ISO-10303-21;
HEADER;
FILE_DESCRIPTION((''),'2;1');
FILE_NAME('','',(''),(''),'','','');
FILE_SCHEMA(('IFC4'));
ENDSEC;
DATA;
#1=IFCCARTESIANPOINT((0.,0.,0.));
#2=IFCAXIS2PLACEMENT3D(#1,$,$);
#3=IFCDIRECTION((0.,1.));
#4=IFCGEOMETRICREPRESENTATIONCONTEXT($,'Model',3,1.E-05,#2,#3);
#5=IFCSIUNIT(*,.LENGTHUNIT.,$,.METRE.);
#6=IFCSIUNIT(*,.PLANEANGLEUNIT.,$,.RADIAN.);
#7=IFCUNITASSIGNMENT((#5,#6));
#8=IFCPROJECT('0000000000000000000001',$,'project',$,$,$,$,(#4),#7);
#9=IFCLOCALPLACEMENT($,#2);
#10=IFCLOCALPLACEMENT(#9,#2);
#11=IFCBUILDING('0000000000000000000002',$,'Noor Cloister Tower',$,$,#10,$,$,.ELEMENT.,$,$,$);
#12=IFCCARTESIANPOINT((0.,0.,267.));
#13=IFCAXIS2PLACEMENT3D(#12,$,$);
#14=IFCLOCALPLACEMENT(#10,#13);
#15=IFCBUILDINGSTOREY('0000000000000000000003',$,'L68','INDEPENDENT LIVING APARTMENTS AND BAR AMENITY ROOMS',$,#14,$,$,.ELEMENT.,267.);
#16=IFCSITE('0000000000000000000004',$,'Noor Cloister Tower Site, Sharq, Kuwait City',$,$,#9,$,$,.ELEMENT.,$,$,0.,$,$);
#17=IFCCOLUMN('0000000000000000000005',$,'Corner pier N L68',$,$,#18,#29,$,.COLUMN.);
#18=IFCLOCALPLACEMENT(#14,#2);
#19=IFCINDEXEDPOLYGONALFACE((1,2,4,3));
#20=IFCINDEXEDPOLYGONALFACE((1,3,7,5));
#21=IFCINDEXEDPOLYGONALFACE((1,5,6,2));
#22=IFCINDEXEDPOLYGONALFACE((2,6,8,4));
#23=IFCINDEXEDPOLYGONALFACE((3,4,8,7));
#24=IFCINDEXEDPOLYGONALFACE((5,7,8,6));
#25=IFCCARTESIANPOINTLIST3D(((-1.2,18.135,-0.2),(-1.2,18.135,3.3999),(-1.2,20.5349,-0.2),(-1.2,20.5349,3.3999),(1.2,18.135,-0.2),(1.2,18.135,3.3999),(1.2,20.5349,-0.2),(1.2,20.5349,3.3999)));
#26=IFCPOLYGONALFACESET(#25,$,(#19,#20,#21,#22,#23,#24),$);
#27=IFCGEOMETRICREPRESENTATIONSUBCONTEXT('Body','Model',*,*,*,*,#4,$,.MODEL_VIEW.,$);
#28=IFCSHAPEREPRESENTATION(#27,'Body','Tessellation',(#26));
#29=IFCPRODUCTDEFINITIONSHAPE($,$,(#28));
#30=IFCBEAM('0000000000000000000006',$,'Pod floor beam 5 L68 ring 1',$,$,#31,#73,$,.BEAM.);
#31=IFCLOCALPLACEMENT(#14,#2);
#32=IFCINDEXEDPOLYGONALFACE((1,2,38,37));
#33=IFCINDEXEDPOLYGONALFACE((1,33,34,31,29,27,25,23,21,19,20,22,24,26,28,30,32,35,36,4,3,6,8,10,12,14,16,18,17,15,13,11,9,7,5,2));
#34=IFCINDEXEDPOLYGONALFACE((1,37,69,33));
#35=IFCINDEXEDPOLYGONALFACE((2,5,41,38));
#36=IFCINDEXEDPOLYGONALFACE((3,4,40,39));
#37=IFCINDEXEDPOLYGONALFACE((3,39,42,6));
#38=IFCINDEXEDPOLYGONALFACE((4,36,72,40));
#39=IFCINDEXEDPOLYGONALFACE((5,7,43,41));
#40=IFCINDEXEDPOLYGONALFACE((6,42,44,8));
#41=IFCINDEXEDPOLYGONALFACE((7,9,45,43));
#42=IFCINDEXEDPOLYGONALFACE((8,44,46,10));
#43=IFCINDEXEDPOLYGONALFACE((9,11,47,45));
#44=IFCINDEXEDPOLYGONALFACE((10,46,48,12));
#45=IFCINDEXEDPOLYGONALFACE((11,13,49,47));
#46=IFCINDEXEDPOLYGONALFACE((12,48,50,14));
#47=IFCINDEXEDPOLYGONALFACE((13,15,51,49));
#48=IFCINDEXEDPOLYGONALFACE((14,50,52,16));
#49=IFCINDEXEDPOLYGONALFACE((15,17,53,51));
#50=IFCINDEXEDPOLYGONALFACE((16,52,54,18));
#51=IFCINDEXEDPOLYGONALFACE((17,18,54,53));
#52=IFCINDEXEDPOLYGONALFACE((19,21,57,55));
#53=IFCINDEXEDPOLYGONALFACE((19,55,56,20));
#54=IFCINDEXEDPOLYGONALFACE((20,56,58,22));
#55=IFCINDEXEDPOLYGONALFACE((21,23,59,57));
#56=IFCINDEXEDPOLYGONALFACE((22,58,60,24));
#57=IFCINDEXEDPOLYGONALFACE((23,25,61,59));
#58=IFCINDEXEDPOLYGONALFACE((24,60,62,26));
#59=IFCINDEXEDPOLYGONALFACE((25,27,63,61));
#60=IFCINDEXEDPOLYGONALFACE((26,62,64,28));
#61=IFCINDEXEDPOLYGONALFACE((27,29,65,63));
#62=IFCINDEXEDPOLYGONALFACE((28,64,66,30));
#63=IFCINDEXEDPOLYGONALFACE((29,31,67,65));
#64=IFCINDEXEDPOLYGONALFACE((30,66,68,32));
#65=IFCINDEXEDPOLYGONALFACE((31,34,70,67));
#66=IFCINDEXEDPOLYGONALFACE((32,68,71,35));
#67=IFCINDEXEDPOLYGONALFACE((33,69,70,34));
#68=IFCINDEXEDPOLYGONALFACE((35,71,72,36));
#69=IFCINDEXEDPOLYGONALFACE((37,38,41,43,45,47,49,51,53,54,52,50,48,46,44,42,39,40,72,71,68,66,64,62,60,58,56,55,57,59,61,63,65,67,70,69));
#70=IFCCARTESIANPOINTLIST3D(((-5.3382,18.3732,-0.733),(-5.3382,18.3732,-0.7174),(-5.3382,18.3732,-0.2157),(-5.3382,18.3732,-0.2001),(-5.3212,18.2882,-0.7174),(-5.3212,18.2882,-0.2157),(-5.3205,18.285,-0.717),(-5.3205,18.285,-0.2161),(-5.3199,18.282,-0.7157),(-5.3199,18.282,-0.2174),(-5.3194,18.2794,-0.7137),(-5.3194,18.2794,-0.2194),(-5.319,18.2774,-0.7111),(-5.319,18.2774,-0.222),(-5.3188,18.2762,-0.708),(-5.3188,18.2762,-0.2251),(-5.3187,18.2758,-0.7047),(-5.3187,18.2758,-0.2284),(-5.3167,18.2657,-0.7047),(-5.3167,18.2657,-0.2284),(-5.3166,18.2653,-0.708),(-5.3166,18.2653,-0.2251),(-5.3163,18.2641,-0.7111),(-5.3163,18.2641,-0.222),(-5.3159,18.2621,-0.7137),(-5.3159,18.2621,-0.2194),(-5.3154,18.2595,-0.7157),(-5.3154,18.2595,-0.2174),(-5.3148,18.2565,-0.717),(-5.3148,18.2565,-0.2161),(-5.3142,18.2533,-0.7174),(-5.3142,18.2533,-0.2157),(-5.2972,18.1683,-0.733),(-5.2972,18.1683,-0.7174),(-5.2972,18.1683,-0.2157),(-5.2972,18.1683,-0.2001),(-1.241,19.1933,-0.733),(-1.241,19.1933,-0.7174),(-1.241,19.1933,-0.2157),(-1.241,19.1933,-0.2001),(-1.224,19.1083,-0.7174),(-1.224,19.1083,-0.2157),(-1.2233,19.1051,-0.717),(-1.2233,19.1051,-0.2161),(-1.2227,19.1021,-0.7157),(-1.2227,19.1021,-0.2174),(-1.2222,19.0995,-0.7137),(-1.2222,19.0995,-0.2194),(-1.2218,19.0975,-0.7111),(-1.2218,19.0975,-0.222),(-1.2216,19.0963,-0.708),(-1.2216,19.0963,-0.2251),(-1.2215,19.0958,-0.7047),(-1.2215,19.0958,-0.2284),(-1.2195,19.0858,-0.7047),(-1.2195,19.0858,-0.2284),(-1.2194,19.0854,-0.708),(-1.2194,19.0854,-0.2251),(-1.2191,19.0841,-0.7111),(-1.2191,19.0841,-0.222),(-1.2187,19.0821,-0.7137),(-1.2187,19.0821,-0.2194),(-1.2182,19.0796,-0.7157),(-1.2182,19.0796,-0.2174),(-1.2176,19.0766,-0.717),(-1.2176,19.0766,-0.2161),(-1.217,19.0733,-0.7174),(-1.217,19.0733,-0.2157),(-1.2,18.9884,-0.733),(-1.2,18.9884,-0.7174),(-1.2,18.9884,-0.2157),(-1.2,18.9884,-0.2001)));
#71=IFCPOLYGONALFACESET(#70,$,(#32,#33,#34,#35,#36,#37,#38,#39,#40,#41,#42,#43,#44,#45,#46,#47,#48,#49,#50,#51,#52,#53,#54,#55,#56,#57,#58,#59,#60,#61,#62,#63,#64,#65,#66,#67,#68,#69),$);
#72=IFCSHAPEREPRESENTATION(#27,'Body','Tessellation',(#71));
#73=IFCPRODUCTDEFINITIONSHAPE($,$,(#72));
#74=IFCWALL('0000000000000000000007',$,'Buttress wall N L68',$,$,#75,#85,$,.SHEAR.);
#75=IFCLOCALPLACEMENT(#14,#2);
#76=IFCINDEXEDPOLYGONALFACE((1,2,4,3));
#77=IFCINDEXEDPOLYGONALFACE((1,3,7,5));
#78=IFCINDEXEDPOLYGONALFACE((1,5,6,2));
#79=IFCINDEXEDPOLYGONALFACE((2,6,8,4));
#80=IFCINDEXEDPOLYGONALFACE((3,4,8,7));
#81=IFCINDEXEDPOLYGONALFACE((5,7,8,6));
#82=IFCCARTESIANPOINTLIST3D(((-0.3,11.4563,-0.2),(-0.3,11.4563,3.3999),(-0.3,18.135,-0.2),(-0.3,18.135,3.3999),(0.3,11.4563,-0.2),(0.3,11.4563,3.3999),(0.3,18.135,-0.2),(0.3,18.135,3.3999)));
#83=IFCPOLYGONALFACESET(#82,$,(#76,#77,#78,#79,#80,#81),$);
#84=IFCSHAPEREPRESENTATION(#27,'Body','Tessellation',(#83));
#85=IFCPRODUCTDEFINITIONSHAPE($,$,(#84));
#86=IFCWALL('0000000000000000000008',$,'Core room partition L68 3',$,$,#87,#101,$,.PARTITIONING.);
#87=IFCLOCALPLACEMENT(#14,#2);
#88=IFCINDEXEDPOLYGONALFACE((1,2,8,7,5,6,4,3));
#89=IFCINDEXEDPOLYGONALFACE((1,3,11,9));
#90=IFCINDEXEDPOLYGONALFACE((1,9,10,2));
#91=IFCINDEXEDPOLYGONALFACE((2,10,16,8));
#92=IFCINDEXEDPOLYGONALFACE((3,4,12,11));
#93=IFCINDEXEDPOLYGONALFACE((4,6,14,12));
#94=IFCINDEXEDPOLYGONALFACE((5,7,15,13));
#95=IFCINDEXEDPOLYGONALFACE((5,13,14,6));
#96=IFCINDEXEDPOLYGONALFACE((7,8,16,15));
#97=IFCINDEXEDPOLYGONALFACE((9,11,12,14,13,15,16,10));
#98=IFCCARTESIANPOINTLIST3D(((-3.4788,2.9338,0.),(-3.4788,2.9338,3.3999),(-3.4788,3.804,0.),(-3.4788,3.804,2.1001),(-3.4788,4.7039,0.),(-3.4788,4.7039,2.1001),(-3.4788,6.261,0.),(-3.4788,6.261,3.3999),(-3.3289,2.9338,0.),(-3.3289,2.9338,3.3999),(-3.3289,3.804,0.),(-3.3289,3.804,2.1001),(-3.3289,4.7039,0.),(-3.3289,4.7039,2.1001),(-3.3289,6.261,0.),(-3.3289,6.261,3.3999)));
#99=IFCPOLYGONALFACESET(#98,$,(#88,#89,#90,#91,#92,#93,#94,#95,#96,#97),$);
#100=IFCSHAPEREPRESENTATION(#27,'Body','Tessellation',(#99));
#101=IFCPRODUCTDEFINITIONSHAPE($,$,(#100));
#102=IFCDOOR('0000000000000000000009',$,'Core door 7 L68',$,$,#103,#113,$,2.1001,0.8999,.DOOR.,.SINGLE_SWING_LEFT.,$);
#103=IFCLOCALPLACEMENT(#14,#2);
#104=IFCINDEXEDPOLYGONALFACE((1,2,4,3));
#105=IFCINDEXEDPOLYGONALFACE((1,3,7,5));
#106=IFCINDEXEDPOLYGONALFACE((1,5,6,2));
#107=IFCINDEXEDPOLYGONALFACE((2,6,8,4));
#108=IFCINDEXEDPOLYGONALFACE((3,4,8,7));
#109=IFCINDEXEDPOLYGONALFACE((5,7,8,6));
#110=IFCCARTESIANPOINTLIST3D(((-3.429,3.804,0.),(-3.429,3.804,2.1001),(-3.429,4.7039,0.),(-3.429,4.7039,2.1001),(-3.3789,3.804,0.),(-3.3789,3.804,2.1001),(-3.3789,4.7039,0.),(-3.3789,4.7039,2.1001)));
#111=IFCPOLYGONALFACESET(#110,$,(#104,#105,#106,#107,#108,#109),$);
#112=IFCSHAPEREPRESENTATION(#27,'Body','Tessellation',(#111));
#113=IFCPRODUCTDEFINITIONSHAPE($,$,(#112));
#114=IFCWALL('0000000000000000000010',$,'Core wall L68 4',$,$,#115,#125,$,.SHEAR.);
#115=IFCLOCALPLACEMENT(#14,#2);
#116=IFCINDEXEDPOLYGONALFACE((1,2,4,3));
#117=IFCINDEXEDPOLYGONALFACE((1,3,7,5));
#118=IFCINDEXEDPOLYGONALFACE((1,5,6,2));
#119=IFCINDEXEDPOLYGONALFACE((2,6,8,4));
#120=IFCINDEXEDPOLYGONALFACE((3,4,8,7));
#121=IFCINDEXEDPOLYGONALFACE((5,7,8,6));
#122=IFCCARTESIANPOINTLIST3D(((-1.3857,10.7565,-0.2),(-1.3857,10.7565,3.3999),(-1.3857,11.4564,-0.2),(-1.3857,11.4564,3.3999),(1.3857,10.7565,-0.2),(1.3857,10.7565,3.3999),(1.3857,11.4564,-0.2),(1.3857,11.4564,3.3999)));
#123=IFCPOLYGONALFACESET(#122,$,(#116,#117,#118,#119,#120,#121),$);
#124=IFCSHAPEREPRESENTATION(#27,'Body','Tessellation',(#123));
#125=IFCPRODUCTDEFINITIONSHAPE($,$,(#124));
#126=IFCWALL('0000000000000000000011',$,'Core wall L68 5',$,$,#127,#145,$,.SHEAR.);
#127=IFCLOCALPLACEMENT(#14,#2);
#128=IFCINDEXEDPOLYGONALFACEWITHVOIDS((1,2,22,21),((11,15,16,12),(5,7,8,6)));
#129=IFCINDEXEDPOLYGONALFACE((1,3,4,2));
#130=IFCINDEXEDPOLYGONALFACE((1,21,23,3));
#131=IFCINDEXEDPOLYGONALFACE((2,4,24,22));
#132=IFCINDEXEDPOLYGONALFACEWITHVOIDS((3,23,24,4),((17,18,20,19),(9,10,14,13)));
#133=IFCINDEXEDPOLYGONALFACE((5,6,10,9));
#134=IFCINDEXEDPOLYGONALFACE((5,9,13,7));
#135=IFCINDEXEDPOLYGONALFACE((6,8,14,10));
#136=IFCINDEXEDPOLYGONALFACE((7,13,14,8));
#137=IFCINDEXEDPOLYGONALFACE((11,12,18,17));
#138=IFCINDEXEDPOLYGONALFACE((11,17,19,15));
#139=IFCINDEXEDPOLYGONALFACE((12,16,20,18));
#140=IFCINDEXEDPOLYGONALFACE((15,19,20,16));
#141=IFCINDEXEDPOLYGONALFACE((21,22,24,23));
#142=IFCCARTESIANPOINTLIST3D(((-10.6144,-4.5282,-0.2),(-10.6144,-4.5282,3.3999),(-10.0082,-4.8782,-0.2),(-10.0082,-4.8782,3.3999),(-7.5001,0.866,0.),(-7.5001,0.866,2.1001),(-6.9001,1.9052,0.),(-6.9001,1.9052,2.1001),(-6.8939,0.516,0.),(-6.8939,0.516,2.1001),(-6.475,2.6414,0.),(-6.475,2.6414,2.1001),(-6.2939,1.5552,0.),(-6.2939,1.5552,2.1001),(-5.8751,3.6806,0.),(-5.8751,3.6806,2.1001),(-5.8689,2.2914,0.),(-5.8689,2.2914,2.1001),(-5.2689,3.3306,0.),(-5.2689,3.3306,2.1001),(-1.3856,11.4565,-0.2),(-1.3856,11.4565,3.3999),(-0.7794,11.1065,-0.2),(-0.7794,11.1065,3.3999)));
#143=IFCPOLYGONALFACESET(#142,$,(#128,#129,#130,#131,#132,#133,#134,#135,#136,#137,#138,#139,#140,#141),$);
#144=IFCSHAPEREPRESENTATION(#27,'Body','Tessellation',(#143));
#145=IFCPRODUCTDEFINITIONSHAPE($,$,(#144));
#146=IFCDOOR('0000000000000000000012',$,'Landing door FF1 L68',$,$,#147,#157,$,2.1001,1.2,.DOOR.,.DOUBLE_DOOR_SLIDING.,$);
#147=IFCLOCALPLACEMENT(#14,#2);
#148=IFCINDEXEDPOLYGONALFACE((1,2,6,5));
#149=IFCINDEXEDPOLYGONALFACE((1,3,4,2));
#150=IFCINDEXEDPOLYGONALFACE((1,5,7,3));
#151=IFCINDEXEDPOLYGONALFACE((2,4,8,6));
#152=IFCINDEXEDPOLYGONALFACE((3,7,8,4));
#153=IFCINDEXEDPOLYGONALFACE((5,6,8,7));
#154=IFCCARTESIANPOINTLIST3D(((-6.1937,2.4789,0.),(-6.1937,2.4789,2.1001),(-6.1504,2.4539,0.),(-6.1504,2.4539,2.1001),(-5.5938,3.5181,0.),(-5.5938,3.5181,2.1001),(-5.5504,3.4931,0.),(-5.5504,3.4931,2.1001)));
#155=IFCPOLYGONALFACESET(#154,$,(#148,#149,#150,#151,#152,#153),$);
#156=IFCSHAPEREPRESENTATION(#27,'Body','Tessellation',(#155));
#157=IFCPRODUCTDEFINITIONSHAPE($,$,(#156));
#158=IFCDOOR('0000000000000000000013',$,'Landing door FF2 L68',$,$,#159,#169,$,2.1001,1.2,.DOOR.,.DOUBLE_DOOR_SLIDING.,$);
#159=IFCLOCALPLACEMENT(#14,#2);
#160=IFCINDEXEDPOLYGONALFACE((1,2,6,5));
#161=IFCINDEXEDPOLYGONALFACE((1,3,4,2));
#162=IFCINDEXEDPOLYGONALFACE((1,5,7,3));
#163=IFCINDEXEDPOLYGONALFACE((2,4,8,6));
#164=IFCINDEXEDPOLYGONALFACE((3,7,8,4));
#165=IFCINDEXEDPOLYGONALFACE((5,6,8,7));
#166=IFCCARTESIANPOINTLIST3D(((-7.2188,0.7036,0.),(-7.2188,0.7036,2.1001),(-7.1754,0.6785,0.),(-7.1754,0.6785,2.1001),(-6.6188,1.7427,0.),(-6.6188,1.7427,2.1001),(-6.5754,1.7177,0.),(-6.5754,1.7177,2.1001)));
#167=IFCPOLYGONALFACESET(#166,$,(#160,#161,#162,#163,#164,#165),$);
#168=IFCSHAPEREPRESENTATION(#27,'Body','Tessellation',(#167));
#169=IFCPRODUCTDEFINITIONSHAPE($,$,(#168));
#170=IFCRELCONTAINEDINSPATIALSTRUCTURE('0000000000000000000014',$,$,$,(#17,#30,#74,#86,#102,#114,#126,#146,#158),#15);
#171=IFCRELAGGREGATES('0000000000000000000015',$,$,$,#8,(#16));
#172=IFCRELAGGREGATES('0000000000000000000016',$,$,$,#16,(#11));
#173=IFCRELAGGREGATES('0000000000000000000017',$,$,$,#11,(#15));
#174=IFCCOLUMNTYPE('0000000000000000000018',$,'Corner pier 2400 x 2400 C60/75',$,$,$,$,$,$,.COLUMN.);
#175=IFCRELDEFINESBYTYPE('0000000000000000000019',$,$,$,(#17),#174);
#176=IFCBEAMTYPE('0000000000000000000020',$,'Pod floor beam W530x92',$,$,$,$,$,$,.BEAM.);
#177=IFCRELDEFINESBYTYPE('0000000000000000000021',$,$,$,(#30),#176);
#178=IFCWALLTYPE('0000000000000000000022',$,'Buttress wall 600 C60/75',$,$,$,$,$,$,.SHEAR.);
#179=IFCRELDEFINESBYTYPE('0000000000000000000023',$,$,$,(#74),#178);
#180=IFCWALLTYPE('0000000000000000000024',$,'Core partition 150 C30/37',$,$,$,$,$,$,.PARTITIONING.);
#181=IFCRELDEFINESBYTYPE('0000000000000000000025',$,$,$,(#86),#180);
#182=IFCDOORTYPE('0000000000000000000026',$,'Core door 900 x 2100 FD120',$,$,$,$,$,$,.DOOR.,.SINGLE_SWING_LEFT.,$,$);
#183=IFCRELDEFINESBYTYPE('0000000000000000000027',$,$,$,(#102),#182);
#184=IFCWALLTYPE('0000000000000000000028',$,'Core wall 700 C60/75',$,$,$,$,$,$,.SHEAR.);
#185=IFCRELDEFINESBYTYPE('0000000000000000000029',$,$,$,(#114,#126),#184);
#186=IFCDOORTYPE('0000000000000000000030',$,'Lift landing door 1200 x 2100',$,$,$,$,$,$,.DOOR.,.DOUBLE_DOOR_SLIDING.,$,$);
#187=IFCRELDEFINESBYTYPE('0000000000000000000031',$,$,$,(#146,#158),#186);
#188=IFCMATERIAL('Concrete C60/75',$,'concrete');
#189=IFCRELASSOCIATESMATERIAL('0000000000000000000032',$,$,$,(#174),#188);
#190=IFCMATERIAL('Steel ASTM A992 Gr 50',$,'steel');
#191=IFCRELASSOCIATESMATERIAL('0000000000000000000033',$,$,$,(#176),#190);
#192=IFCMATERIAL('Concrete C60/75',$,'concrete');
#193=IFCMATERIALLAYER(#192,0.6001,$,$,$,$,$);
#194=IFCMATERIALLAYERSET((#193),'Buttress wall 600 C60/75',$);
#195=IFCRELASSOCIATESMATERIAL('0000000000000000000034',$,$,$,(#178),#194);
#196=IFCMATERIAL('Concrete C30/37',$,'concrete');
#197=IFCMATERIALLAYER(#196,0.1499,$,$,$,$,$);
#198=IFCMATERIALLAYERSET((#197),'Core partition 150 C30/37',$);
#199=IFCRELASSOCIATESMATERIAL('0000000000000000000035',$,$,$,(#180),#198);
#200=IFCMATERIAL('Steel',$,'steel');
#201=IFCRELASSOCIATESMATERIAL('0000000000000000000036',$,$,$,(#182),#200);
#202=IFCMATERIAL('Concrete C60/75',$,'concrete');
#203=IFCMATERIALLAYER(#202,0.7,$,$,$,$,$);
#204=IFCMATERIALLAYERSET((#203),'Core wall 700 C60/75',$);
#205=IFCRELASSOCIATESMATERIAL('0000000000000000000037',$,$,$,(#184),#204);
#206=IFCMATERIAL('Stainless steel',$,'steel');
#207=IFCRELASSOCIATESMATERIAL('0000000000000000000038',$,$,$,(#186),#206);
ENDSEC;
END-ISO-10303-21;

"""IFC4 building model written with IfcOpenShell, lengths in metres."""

from ifc_helpers import new_model, si_unit, direction, frame, frame_2d, origin, origin_2d, place, context, subcontext, project, spatial, rectangle, i_section, extrude, material, layer, layer_set, material_profile, profile_set, type_object, element, fill, save


model = new_model("IFC4")

# Units and contexts
model_context = context("Model", 3, precision=1e-05, world=origin(), true_north=direction((0.0, 1.0)))
body_context = subcontext(model_context, "Body", "Model", "MODEL_VIEW")
ifc_project = project(units=[si_unit("LENGTHUNIT", "METRE"), si_unit("PLANEANGLEUNIT", "RADIAN")], contexts=[model_context])

# Site, building, storey
site_placement = place(None, origin())
site = spatial("IfcSite", under=ifc_project, at=site_placement, Name="Noor Cloister Tower Site, Sharq, Kuwait City", CompositionType="ELEMENT", RefElevation=0.0)
building_placement = place(site_placement, origin())
building = spatial("IfcBuilding", under=site, at=building_placement, Name="Noor Cloister Tower", CompositionType="ELEMENT")
storey_placement = place(building_placement, frame((0.0, 0.0, 267.0)))
storey = spatial("IfcBuildingStorey", under=building, at=storey_placement, Name="L68", Description="INDEPENDENT LIVING APARTMENTS AND BAR AMENITY ROOMS", CompositionType="ELEMENT", Elevation=267.0)

# Column
ifc_material_1 = material(Name="Concrete C60/75", Category="concrete")
ifc_material_profile_1 = material_profile(ifc_material_1, rectangle(XDim=2.3999, YDim=2.3999, at=origin_2d()), Name="RC 2400x2400")
ifc_profile_set_1 = profile_set([ifc_material_profile_1], Name="Concrete C60/75")
column_type = type_object("IfcColumnType", Name="Corner pier 2400 x 2400 C60/75", PredefinedType="COLUMN", material=ifc_profile_set_1)
column_placement = place(storey_placement, frame((0.0, 19.335, -0.2), z_axis=(0.0, 0.0, 1.0), x_axis=(0.0, 1.0, 0.0)))
element("IfcColumn", 1, at=column_placement, inside=storey, type_object=column_type, Name="Corner pier N L68", PredefinedType="COLUMN", context=body_context, shape_type="SweptSolid", body=[
    extrude(rectangle(XDim=2.3999, YDim=2.3999, at=origin_2d()), origin(), (0.0, 0.0, 1.0), 3.5999),
])

# Beam
ifc_material_2 = material(Name="Steel ASTM A992 Gr 50", Category="steel")
ifc_material_profile_2 = material_profile(ifc_material_2, i_section(OverallWidth=0.209, OverallDepth=0.533, WebThickness=0.0103, FlangeThickness=0.0156, FilletRadius=0.0127, at=origin_2d()), Name="W530x92")
ifc_profile_set_2 = profile_set([ifc_material_profile_2], Name="Steel ASTM A992 Gr 50")
beam_type = type_object("IfcBeamType", Name="Pod floor beam W530x92", PredefinedType="BEAM", material=ifc_profile_set_2)
beam_placement = place(storey_placement, frame((-1.2205, 19.0908, -0.4666), z_axis=(-0.980551, -0.196262, 0.0), x_axis=(0.196262, -0.980551, 0.0)))
element("IfcBeam", 2, at=beam_placement, inside=storey, type_object=beam_type, Name="Pod floor beam 5 L68 ring 1", PredefinedType="BEAM", context=body_context, shape_type="SweptSolid", body=[
    extrude(i_section(OverallWidth=0.209, OverallDepth=0.533, WebThickness=0.0103, FlangeThickness=0.0156, FilletRadius=0.0127, at=origin_2d()), origin(), (0.0, 0.0, 1.0), 4.1785),
])

# Wall
ifc_material_3 = material(Name="Concrete C60/75", Category="concrete")
ifc_layer_1 = layer(ifc_material_3, 0.6001)
ifc_layer_set_1 = layer_set([ifc_layer_1], Name="Buttress wall 600 C60/75")
wall_type_1 = type_object("IfcWallType", Name="Buttress wall 600 C60/75", PredefinedType="SHEAR", material=ifc_layer_set_1)
wall_1_placement = place(storey_placement, frame((0.0, 11.4563, -0.2), z_axis=(0.0, 0.0, 1.0), x_axis=(0.0, 1.0, 0.0)))
element("IfcWall", 3, at=wall_1_placement, inside=storey, type_object=wall_type_1, Name="Buttress wall N L68", PredefinedType="SHEAR", context=body_context, shape_type="SweptSolid", body=[
    extrude(rectangle(XDim=6.6787, YDim=0.6001, at=frame_2d((3.3394, 0.0))), origin(), (0.0, 0.0, 1.0), 3.5999),
])

# Wall, opening, door
ifc_material_4 = material(Name="Concrete C30/37", Category="concrete")
ifc_layer_2 = layer(ifc_material_4, 0.1499)
ifc_layer_set_2 = layer_set([ifc_layer_2], Name="Core partition 150 C30/37")
wall_type_2 = type_object("IfcWallType", Name="Core partition 150 C30/37", PredefinedType="PARTITIONING", material=ifc_layer_set_2)
wall_2_placement = place(storey_placement, frame((-3.4038, 6.261, 0.0), z_axis=(0.0, 0.0, 1.0), x_axis=(0.0, -1.0, 0.0)))
wall_2 = element("IfcWall", 4, at=wall_2_placement, inside=storey, type_object=wall_type_2, Name="Core room partition L68 3", PredefinedType="PARTITIONING", context=body_context, shape_type="SweptSolid", body=[
    extrude(rectangle(XDim=3.3271, YDim=0.1499, at=frame_2d((1.6636, 0.0))), origin(), (0.0, 0.0, 1.0), 3.3999),
])
opening_1_placement = place(wall_2_placement, frame((1.5571, 0.0, 0.0)))
opening_1 = element("IfcOpeningElement", 5, at=opening_1_placement, cuts=wall_2, PredefinedType="OPENING", context=body_context, shape_type="SweptSolid", body=[
    extrude(rectangle(XDim=0.8999, YDim=2.1001, at=frame_2d((0.45, 1.05))), frame((0.0, 0.085, 0.0), z_axis=(0.0, -1.0, 0.0), x_axis=(1.0, 0.0, 0.0)), (0.0, 0.0, 1.0), 0.1699),
])
ifc_material_5 = material(Name="Steel", Category="steel")
door_type_1 = type_object("IfcDoorType", Name="Core door 900 x 2100 FD120", OperationType="SINGLE_SWING_LEFT", PredefinedType="DOOR", material=ifc_material_5)
door_1_placement = place(opening_1_placement, origin())
door_1 = element("IfcDoor", 6, at=door_1_placement, inside=storey, type_object=door_type_1, Name="Core door 7 L68", OperationType="SINGLE_SWING_LEFT", OverallHeight=2.1001, OverallWidth=0.8999, PredefinedType="DOOR", context=body_context, shape_type="SweptSolid", body=[
    extrude(rectangle(XDim=0.8999, YDim=2.1001, at=frame_2d((0.45, 1.05))), frame((0.0, 0.0249, 0.0), z_axis=(0.0, -1.0, 0.0), x_axis=(1.0, 0.0, 0.0)), (0.0, 0.0, 1.0), 0.05),
])
fill(opening_1, door_1)

# Wall
ifc_material_6 = material(Name="Concrete C60/75", Category="concrete")
ifc_layer_3 = layer(ifc_material_6, 0.7)
ifc_layer_set_3 = layer_set([ifc_layer_3], Name="Core wall 700 C60/75")
wall_type_3 = type_object("IfcWallType", Name="Core wall 700 C60/75", PredefinedType="SHEAR", material=ifc_layer_set_3)
wall_3_placement = place(storey_placement, frame((1.3857, 11.1064, -0.2), z_axis=(0.0, 0.0, 1.0), x_axis=(-1.0, 0.0, 0.0)))
element("IfcWall", 7, at=wall_3_placement, inside=storey, type_object=wall_type_3, Name="Core wall L68 4", PredefinedType="SHEAR", context=body_context, shape_type="SweptSolid", body=[
    extrude(rectangle(XDim=2.7715, YDim=0.7, at=frame_2d((1.3857, 0.0))), origin(), (0.0, 0.0, 1.0), 3.5999),
])

# Wall, openings, doors
wall_4_placement = place(storey_placement, frame((-1.0825, 11.2815, -0.2), z_axis=(0.0, 0.0, 1.0), x_axis=(-0.500001, -0.866025, 0.0)))
wall_4 = element("IfcWall", 8, at=wall_4_placement, inside=storey, type_object=wall_type_3, Name="Core wall L68 5", PredefinedType="SHEAR", context=body_context, shape_type="SweptSolid", body=[
    extrude(rectangle(XDim=18.4575, YDim=0.7, at=frame_2d((9.2288, 0.0))), origin(), (0.0, 0.0, 1.0), 3.5999),
])
opening_2_placement = place(wall_4_placement, frame((8.9788, 0.0, 0.2)))
opening_2 = element("IfcOpeningElement", 9, at=opening_2_placement, cuts=wall_4, PredefinedType="OPENING", context=body_context, shape_type="SweptSolid", body=[
    extrude(rectangle(XDim=1.2, YDim=2.1001, at=frame_2d((0.6001, 1.05))), frame((0.0, 0.3599, 0.0), z_axis=(0.0, -1.0, 0.0), x_axis=(1.0, 0.0, 0.0)), (0.0, 0.0, 1.0), 0.72),
])
opening_3_placement = place(wall_4_placement, frame((11.0288, 0.0, 0.2)))
opening_3 = element("IfcOpeningElement", 10, at=opening_3_placement, cuts=wall_4, PredefinedType="OPENING", context=body_context, shape_type="SweptSolid", body=[
    extrude(rectangle(XDim=1.2, YDim=2.1001, at=frame_2d((0.6001, 1.05))), frame((0.0, 0.3599, 0.0), z_axis=(0.0, -1.0, 0.0), x_axis=(1.0, 0.0, 0.0)), (0.0, 0.0, 1.0), 0.72),
])
ifc_material_7 = material(Name="Stainless steel", Category="steel")
door_type_2 = type_object("IfcDoorType", Name="Lift landing door 1200 x 2100", OperationType="DOUBLE_DOOR_SLIDING", PredefinedType="DOOR", material=ifc_material_7)
door_2_placement = place(opening_2_placement, origin())
door_2 = element("IfcDoor", 11, at=door_2_placement, inside=storey, type_object=door_type_2, Name="Landing door FF1 L68", OperationType="DOUBLE_DOOR_SLIDING", OverallHeight=2.1001, OverallWidth=1.2, PredefinedType="DOOR", context=body_context, shape_type="SweptSolid", body=[
    extrude(rectangle(XDim=1.2, YDim=2.1001, at=frame_2d((0.6001, 1.05))), frame((0.0, 0.0249, 0.0), z_axis=(0.0, -1.0, 0.0), x_axis=(1.0, 0.0, 0.0)), (0.0, 0.0, 1.0), 0.05),
])
fill(opening_2, door_2)
door_3_placement = place(opening_3_placement, origin())
door_3 = element("IfcDoor", 12, at=door_3_placement, inside=storey, type_object=door_type_2, Name="Landing door FF2 L68", OperationType="DOUBLE_DOOR_SLIDING", OverallHeight=2.1001, OverallWidth=1.2, PredefinedType="DOOR", context=body_context, shape_type="SweptSolid", body=[
    extrude(rectangle(XDim=1.2, YDim=2.1001, at=frame_2d((0.6001, 1.05))), frame((0.0, 0.0249, 0.0), z_axis=(0.0, -1.0, 0.0), x_axis=(1.0, 0.0, 0.0)), (0.0, 0.0, 1.0), 0.05),
])
fill(opening_3, door_3)

save(model, "model.ifc")
